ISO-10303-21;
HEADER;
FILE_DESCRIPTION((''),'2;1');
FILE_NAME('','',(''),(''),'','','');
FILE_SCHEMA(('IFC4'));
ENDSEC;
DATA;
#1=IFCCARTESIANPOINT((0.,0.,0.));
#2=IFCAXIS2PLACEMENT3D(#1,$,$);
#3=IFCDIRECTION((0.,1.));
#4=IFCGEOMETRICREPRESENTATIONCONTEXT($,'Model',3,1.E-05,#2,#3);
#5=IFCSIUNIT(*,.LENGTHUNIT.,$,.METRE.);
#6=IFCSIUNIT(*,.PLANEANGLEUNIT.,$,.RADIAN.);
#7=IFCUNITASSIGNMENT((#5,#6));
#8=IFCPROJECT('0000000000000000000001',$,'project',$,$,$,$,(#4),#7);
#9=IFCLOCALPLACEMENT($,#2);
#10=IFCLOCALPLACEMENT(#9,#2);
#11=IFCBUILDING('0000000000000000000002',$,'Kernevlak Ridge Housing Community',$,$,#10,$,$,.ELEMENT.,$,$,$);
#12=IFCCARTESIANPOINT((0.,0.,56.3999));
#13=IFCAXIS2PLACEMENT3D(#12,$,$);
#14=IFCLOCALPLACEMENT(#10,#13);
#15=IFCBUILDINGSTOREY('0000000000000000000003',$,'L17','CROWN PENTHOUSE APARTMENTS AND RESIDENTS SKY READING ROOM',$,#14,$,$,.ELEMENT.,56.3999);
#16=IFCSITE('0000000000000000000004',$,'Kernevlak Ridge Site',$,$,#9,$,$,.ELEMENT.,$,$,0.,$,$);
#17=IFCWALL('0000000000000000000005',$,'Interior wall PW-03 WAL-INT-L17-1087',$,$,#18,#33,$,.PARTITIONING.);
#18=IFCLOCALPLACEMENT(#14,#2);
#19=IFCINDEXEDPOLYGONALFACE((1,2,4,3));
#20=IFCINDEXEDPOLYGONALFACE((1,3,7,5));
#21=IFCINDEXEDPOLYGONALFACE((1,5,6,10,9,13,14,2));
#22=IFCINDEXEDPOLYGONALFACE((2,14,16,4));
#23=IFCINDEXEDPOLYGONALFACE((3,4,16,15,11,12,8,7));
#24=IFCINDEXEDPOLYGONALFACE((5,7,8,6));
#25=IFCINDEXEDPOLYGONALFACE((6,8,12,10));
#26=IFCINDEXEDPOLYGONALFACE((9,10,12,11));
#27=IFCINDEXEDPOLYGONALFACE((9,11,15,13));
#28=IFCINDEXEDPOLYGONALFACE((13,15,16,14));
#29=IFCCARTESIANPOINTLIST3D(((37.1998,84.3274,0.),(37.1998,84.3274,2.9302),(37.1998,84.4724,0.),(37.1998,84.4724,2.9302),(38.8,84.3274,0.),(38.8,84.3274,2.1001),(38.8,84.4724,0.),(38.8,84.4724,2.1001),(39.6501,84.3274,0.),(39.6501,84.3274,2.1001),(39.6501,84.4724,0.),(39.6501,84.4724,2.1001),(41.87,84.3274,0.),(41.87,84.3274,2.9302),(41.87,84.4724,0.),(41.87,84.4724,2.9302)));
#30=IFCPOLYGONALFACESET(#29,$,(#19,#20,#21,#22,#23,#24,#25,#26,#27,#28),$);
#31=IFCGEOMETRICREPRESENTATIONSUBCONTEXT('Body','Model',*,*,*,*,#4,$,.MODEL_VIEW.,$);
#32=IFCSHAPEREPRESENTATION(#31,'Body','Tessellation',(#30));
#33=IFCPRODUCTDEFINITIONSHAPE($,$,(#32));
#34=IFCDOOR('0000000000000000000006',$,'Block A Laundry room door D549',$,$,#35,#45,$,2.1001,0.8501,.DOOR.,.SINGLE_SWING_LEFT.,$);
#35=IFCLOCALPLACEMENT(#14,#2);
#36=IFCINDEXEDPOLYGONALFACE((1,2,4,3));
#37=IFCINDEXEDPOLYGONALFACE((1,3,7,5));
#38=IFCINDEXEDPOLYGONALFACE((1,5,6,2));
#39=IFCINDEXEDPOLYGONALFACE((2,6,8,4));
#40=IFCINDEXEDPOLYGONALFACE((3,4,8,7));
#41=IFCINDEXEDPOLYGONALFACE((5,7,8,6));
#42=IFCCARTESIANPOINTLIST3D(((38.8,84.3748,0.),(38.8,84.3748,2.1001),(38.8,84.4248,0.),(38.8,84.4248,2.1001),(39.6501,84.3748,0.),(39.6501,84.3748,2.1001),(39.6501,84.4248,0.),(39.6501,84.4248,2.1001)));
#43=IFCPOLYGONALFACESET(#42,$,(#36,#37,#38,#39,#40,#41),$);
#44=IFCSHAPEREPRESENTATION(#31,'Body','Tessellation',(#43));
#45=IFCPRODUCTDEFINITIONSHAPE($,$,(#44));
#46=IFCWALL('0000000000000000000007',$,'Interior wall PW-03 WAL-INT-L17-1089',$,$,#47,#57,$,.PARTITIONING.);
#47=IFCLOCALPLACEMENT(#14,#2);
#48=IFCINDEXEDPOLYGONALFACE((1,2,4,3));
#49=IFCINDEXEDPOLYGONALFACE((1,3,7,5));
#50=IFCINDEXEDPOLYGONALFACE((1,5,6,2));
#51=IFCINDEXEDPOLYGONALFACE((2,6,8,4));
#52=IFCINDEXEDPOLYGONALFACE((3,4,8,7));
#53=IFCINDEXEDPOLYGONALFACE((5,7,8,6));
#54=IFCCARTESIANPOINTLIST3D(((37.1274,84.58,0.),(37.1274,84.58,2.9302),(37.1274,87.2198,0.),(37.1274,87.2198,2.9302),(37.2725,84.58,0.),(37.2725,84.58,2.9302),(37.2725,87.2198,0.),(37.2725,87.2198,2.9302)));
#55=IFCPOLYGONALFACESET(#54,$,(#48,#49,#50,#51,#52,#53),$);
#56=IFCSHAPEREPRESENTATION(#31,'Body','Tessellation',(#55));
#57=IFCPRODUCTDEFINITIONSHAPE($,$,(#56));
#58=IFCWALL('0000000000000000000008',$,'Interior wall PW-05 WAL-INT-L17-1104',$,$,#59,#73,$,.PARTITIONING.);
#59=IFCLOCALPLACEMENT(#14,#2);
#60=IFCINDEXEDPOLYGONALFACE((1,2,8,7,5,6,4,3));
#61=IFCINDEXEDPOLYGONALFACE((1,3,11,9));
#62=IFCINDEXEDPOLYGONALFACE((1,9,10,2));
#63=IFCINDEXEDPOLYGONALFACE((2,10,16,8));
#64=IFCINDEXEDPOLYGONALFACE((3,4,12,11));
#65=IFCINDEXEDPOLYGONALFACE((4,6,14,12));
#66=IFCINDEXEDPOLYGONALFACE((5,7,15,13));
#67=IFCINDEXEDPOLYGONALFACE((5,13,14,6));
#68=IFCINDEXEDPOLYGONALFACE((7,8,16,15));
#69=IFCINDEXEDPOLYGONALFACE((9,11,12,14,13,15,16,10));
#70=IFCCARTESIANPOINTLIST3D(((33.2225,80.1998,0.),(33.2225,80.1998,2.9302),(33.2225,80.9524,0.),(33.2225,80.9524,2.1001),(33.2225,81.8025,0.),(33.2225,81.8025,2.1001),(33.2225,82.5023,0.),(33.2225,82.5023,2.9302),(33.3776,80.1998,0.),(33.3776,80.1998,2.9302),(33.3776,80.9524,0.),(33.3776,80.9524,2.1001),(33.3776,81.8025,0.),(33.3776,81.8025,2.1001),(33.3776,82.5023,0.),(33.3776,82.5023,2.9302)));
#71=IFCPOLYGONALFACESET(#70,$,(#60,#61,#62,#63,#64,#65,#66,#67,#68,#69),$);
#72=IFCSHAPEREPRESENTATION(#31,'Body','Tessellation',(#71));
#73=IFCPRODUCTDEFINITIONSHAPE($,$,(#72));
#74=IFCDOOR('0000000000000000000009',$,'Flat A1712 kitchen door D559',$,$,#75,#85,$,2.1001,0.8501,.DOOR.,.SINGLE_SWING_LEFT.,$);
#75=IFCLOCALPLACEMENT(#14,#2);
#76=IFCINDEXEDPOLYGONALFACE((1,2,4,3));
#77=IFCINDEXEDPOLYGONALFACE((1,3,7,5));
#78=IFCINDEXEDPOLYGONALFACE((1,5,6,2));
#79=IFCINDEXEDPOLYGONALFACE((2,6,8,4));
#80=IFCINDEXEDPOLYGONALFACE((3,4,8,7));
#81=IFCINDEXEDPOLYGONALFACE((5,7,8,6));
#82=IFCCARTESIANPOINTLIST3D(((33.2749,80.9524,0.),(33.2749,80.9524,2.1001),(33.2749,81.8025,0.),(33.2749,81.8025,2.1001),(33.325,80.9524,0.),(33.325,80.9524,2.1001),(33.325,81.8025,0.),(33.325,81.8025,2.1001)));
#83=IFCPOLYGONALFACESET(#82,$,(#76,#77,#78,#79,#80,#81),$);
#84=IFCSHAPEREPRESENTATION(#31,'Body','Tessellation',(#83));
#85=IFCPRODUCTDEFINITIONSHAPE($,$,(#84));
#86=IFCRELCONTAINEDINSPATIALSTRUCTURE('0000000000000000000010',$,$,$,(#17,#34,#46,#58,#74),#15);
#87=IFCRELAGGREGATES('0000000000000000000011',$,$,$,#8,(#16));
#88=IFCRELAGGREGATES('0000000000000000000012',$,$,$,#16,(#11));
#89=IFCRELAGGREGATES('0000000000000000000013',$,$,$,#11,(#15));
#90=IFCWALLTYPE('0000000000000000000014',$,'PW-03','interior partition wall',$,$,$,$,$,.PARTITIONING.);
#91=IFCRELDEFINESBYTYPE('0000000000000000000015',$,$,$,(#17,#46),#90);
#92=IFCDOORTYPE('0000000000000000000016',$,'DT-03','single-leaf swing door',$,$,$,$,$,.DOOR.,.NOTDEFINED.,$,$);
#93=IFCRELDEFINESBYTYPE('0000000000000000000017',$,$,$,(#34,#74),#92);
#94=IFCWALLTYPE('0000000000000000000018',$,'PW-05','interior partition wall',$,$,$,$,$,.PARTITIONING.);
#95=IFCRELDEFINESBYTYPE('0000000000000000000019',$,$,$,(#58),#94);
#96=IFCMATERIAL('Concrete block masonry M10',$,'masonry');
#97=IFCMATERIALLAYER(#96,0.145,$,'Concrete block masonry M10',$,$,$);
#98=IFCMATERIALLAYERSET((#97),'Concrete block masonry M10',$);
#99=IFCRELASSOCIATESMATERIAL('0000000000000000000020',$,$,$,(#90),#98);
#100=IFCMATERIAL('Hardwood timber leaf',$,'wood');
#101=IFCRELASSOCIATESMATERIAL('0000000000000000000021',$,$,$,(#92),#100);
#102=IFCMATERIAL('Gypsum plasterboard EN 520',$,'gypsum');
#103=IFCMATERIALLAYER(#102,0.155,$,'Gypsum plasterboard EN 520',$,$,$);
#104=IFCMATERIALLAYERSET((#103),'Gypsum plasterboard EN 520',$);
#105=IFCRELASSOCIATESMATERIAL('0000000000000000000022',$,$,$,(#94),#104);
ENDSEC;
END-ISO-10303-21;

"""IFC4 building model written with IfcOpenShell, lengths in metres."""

from ifc_helpers import new_model, si_unit, direction, frame, frame_2d, origin, place, context, subcontext, project, spatial, rectangle, extrude, material, layer, layer_set, type_object, element, fill, save


model = new_model("IFC4")

# Units and contexts
model_context = context("Model", 3, precision=1e-05, world=origin(), true_north=direction((0.0, 1.0)))
body_context = subcontext(model_context, "Body", "Model", "MODEL_VIEW")
ifc_project = project(units=[si_unit("LENGTHUNIT", "METRE"), si_unit("PLANEANGLEUNIT", "RADIAN")], contexts=[model_context])

# Site, building, storey
site_placement = place(None, origin())
site = spatial("IfcSite", under=ifc_project, at=site_placement, Name="Kernevlak Ridge Site", CompositionType="ELEMENT", RefElevation=0.0)
building_placement = place(site_placement, origin())
building = spatial("IfcBuilding", under=site, at=building_placement, Name="Kernevlak Ridge Housing Community", CompositionType="ELEMENT")
storey_placement = place(building_placement, frame((0.0, 0.0, 56.3999)))
storey = spatial("IfcBuildingStorey", under=building, at=storey_placement, Name="L17", Description="CROWN PENTHOUSE APARTMENTS AND RESIDENTS SKY READING ROOM", CompositionType="ELEMENT", Elevation=56.3999)

# Shared definitions
ifc_material_1 = material(Name="Concrete block masonry M10", Category="masonry")

# Wall, opening, door
ifc_layer_1 = layer(ifc_material_1, 0.145, Name="Concrete block masonry M10")
ifc_layer_set_1 = layer_set([ifc_layer_1], Name="Concrete block masonry M10")
wall_type_1 = type_object("IfcWallType", Name="PW-03", Description="interior partition wall", PredefinedType="PARTITIONING", material=ifc_layer_set_1)
wall_1_placement = place(storey_placement, frame((37.2, 84.3999, 0.0), z_axis=(0.0, 0.0, 1.0), x_axis=(1.0, 0.0, 0.0)))
wall_1 = element("IfcWall", 1, at=wall_1_placement, inside=storey, type_object=wall_type_1, Name="Interior wall PW-03 WAL-INT-L17-1087", PredefinedType="PARTITIONING", context=body_context, shape_type="SweptSolid", body=[
    extrude(rectangle(XDim=4.6702, YDim=0.145, at=frame_2d((2.335, 0.0))), origin(), (0.0, 0.0, 1.0), 2.9302),
])
opening_1_placement = place(wall_1_placement, frame((1.6001, 0.0, 0.0)))
opening_1 = element("IfcOpeningElement", 2, at=opening_1_placement, cuts=wall_1, PredefinedType="OPENING", context=body_context, shape_type="SweptSolid", body=[
    extrude(rectangle(XDim=0.8501, YDim=2.1001, at=frame_2d((0.425, 1.05))), frame((0.0, 0.0825, 0.0), z_axis=(0.0, -1.0, 0.0), x_axis=(1.0, 0.0, 0.0)), (0.0, 0.0, 1.0), 0.165),
])
ifc_material_2 = material(Name="Hardwood timber leaf", Category="wood")
door_type_1 = type_object("IfcDoorType", Name="DT-03", Description="single-leaf swing door", OperationType="NOTDEFINED", PredefinedType="DOOR", material=ifc_material_2)
door_1_placement = place(opening_1_placement, origin())
door_1 = element("IfcDoor", 3, at=door_1_placement, inside=storey, type_object=door_type_1, Name="Block A Laundry room door D549", OperationType="SINGLE_SWING_LEFT", OverallHeight=2.1001, OverallWidth=0.8501, PredefinedType="DOOR", context=body_context, shape_type="SweptSolid", body=[
    extrude(rectangle(XDim=0.8501, YDim=2.1001, at=frame_2d((0.425, 1.05))), frame((0.0, 0.0249, 0.0), z_axis=(0.0, -1.0, 0.0), x_axis=(1.0, 0.0, 0.0)), (0.0, 0.0, 1.0), 0.05),
])
fill(opening_1, door_1)

# Wall
wall_2_placement = place(storey_placement, frame((37.2, 84.5801, 0.0), z_axis=(0.0, 0.0, 1.0), x_axis=(0.0, 1.0, 0.0)))
element("IfcWall", 4, at=wall_2_placement, inside=storey, type_object=wall_type_1, Name="Interior wall PW-03 WAL-INT-L17-1089", PredefinedType="PARTITIONING", context=body_context, shape_type="SweptSolid", body=[
    extrude(rectangle(XDim=2.6399, YDim=0.145, at=frame_2d((1.3198, 0.0))), origin(), (0.0, 0.0, 1.0), 2.9302),
])

# Wall, opening, door
ifc_material_3 = material(Name="Gypsum plasterboard EN 520", Category="gypsum")
ifc_layer_2 = layer(ifc_material_3, 0.155, Name="Gypsum plasterboard EN 520")
ifc_layer_set_2 = layer_set([ifc_layer_2], Name="Gypsum plasterboard EN 520")
wall_type_2 = type_object("IfcWallType", Name="PW-05", Description="interior partition wall", PredefinedType="PARTITIONING", material=ifc_layer_set_2)
wall_3_placement = place(storey_placement, frame((33.3, 82.5024, 0.0), z_axis=(0.0, 0.0, 1.0), x_axis=(0.0, -1.0, 0.0)))
wall_3 = element("IfcWall", 5, at=wall_3_placement, inside=storey, type_object=wall_type_2, Name="Interior wall PW-05 WAL-INT-L17-1104", PredefinedType="PARTITIONING", context=body_context, shape_type="SweptSolid", body=[
    extrude(rectangle(XDim=2.3025, YDim=0.155, at=frame_2d((1.1514, 0.0))), origin(), (0.0, 0.0, 1.0), 2.9302),
])
opening_2_placement = place(wall_3_placement, frame((0.7, 0.0, 0.0)))
opening_2 = element("IfcOpeningElement", 6, at=opening_2_placement, cuts=wall_3, PredefinedType="OPENING", context=body_context, shape_type="SweptSolid", body=[
    extrude(rectangle(XDim=0.8501, YDim=2.1001, at=frame_2d((0.425, 1.05))), frame((0.0, 0.0874, 0.0), z_axis=(0.0, -1.0, 0.0), x_axis=(1.0, 0.0, 0.0)), (0.0, 0.0, 1.0), 0.175),
])
door_2_placement = place(opening_2_placement, origin())
door_2 = element("IfcDoor", 7, at=door_2_placement, inside=storey, type_object=door_type_1, Name="Flat A1712 kitchen door D559", OperationType="SINGLE_SWING_LEFT", OverallHeight=2.1001, OverallWidth=0.8501, PredefinedType="DOOR", context=body_context, shape_type="SweptSolid", body=[
    extrude(rectangle(XDim=0.8501, YDim=2.1001, at=frame_2d((0.425, 1.05))), frame((0.0, 0.0249, 0.0), z_axis=(0.0, -1.0, 0.0), x_axis=(1.0, 0.0, 0.0)), (0.0, 0.0, 1.0), 0.05),
])
fill(opening_2, door_2)

save(model, "model.ifc")
